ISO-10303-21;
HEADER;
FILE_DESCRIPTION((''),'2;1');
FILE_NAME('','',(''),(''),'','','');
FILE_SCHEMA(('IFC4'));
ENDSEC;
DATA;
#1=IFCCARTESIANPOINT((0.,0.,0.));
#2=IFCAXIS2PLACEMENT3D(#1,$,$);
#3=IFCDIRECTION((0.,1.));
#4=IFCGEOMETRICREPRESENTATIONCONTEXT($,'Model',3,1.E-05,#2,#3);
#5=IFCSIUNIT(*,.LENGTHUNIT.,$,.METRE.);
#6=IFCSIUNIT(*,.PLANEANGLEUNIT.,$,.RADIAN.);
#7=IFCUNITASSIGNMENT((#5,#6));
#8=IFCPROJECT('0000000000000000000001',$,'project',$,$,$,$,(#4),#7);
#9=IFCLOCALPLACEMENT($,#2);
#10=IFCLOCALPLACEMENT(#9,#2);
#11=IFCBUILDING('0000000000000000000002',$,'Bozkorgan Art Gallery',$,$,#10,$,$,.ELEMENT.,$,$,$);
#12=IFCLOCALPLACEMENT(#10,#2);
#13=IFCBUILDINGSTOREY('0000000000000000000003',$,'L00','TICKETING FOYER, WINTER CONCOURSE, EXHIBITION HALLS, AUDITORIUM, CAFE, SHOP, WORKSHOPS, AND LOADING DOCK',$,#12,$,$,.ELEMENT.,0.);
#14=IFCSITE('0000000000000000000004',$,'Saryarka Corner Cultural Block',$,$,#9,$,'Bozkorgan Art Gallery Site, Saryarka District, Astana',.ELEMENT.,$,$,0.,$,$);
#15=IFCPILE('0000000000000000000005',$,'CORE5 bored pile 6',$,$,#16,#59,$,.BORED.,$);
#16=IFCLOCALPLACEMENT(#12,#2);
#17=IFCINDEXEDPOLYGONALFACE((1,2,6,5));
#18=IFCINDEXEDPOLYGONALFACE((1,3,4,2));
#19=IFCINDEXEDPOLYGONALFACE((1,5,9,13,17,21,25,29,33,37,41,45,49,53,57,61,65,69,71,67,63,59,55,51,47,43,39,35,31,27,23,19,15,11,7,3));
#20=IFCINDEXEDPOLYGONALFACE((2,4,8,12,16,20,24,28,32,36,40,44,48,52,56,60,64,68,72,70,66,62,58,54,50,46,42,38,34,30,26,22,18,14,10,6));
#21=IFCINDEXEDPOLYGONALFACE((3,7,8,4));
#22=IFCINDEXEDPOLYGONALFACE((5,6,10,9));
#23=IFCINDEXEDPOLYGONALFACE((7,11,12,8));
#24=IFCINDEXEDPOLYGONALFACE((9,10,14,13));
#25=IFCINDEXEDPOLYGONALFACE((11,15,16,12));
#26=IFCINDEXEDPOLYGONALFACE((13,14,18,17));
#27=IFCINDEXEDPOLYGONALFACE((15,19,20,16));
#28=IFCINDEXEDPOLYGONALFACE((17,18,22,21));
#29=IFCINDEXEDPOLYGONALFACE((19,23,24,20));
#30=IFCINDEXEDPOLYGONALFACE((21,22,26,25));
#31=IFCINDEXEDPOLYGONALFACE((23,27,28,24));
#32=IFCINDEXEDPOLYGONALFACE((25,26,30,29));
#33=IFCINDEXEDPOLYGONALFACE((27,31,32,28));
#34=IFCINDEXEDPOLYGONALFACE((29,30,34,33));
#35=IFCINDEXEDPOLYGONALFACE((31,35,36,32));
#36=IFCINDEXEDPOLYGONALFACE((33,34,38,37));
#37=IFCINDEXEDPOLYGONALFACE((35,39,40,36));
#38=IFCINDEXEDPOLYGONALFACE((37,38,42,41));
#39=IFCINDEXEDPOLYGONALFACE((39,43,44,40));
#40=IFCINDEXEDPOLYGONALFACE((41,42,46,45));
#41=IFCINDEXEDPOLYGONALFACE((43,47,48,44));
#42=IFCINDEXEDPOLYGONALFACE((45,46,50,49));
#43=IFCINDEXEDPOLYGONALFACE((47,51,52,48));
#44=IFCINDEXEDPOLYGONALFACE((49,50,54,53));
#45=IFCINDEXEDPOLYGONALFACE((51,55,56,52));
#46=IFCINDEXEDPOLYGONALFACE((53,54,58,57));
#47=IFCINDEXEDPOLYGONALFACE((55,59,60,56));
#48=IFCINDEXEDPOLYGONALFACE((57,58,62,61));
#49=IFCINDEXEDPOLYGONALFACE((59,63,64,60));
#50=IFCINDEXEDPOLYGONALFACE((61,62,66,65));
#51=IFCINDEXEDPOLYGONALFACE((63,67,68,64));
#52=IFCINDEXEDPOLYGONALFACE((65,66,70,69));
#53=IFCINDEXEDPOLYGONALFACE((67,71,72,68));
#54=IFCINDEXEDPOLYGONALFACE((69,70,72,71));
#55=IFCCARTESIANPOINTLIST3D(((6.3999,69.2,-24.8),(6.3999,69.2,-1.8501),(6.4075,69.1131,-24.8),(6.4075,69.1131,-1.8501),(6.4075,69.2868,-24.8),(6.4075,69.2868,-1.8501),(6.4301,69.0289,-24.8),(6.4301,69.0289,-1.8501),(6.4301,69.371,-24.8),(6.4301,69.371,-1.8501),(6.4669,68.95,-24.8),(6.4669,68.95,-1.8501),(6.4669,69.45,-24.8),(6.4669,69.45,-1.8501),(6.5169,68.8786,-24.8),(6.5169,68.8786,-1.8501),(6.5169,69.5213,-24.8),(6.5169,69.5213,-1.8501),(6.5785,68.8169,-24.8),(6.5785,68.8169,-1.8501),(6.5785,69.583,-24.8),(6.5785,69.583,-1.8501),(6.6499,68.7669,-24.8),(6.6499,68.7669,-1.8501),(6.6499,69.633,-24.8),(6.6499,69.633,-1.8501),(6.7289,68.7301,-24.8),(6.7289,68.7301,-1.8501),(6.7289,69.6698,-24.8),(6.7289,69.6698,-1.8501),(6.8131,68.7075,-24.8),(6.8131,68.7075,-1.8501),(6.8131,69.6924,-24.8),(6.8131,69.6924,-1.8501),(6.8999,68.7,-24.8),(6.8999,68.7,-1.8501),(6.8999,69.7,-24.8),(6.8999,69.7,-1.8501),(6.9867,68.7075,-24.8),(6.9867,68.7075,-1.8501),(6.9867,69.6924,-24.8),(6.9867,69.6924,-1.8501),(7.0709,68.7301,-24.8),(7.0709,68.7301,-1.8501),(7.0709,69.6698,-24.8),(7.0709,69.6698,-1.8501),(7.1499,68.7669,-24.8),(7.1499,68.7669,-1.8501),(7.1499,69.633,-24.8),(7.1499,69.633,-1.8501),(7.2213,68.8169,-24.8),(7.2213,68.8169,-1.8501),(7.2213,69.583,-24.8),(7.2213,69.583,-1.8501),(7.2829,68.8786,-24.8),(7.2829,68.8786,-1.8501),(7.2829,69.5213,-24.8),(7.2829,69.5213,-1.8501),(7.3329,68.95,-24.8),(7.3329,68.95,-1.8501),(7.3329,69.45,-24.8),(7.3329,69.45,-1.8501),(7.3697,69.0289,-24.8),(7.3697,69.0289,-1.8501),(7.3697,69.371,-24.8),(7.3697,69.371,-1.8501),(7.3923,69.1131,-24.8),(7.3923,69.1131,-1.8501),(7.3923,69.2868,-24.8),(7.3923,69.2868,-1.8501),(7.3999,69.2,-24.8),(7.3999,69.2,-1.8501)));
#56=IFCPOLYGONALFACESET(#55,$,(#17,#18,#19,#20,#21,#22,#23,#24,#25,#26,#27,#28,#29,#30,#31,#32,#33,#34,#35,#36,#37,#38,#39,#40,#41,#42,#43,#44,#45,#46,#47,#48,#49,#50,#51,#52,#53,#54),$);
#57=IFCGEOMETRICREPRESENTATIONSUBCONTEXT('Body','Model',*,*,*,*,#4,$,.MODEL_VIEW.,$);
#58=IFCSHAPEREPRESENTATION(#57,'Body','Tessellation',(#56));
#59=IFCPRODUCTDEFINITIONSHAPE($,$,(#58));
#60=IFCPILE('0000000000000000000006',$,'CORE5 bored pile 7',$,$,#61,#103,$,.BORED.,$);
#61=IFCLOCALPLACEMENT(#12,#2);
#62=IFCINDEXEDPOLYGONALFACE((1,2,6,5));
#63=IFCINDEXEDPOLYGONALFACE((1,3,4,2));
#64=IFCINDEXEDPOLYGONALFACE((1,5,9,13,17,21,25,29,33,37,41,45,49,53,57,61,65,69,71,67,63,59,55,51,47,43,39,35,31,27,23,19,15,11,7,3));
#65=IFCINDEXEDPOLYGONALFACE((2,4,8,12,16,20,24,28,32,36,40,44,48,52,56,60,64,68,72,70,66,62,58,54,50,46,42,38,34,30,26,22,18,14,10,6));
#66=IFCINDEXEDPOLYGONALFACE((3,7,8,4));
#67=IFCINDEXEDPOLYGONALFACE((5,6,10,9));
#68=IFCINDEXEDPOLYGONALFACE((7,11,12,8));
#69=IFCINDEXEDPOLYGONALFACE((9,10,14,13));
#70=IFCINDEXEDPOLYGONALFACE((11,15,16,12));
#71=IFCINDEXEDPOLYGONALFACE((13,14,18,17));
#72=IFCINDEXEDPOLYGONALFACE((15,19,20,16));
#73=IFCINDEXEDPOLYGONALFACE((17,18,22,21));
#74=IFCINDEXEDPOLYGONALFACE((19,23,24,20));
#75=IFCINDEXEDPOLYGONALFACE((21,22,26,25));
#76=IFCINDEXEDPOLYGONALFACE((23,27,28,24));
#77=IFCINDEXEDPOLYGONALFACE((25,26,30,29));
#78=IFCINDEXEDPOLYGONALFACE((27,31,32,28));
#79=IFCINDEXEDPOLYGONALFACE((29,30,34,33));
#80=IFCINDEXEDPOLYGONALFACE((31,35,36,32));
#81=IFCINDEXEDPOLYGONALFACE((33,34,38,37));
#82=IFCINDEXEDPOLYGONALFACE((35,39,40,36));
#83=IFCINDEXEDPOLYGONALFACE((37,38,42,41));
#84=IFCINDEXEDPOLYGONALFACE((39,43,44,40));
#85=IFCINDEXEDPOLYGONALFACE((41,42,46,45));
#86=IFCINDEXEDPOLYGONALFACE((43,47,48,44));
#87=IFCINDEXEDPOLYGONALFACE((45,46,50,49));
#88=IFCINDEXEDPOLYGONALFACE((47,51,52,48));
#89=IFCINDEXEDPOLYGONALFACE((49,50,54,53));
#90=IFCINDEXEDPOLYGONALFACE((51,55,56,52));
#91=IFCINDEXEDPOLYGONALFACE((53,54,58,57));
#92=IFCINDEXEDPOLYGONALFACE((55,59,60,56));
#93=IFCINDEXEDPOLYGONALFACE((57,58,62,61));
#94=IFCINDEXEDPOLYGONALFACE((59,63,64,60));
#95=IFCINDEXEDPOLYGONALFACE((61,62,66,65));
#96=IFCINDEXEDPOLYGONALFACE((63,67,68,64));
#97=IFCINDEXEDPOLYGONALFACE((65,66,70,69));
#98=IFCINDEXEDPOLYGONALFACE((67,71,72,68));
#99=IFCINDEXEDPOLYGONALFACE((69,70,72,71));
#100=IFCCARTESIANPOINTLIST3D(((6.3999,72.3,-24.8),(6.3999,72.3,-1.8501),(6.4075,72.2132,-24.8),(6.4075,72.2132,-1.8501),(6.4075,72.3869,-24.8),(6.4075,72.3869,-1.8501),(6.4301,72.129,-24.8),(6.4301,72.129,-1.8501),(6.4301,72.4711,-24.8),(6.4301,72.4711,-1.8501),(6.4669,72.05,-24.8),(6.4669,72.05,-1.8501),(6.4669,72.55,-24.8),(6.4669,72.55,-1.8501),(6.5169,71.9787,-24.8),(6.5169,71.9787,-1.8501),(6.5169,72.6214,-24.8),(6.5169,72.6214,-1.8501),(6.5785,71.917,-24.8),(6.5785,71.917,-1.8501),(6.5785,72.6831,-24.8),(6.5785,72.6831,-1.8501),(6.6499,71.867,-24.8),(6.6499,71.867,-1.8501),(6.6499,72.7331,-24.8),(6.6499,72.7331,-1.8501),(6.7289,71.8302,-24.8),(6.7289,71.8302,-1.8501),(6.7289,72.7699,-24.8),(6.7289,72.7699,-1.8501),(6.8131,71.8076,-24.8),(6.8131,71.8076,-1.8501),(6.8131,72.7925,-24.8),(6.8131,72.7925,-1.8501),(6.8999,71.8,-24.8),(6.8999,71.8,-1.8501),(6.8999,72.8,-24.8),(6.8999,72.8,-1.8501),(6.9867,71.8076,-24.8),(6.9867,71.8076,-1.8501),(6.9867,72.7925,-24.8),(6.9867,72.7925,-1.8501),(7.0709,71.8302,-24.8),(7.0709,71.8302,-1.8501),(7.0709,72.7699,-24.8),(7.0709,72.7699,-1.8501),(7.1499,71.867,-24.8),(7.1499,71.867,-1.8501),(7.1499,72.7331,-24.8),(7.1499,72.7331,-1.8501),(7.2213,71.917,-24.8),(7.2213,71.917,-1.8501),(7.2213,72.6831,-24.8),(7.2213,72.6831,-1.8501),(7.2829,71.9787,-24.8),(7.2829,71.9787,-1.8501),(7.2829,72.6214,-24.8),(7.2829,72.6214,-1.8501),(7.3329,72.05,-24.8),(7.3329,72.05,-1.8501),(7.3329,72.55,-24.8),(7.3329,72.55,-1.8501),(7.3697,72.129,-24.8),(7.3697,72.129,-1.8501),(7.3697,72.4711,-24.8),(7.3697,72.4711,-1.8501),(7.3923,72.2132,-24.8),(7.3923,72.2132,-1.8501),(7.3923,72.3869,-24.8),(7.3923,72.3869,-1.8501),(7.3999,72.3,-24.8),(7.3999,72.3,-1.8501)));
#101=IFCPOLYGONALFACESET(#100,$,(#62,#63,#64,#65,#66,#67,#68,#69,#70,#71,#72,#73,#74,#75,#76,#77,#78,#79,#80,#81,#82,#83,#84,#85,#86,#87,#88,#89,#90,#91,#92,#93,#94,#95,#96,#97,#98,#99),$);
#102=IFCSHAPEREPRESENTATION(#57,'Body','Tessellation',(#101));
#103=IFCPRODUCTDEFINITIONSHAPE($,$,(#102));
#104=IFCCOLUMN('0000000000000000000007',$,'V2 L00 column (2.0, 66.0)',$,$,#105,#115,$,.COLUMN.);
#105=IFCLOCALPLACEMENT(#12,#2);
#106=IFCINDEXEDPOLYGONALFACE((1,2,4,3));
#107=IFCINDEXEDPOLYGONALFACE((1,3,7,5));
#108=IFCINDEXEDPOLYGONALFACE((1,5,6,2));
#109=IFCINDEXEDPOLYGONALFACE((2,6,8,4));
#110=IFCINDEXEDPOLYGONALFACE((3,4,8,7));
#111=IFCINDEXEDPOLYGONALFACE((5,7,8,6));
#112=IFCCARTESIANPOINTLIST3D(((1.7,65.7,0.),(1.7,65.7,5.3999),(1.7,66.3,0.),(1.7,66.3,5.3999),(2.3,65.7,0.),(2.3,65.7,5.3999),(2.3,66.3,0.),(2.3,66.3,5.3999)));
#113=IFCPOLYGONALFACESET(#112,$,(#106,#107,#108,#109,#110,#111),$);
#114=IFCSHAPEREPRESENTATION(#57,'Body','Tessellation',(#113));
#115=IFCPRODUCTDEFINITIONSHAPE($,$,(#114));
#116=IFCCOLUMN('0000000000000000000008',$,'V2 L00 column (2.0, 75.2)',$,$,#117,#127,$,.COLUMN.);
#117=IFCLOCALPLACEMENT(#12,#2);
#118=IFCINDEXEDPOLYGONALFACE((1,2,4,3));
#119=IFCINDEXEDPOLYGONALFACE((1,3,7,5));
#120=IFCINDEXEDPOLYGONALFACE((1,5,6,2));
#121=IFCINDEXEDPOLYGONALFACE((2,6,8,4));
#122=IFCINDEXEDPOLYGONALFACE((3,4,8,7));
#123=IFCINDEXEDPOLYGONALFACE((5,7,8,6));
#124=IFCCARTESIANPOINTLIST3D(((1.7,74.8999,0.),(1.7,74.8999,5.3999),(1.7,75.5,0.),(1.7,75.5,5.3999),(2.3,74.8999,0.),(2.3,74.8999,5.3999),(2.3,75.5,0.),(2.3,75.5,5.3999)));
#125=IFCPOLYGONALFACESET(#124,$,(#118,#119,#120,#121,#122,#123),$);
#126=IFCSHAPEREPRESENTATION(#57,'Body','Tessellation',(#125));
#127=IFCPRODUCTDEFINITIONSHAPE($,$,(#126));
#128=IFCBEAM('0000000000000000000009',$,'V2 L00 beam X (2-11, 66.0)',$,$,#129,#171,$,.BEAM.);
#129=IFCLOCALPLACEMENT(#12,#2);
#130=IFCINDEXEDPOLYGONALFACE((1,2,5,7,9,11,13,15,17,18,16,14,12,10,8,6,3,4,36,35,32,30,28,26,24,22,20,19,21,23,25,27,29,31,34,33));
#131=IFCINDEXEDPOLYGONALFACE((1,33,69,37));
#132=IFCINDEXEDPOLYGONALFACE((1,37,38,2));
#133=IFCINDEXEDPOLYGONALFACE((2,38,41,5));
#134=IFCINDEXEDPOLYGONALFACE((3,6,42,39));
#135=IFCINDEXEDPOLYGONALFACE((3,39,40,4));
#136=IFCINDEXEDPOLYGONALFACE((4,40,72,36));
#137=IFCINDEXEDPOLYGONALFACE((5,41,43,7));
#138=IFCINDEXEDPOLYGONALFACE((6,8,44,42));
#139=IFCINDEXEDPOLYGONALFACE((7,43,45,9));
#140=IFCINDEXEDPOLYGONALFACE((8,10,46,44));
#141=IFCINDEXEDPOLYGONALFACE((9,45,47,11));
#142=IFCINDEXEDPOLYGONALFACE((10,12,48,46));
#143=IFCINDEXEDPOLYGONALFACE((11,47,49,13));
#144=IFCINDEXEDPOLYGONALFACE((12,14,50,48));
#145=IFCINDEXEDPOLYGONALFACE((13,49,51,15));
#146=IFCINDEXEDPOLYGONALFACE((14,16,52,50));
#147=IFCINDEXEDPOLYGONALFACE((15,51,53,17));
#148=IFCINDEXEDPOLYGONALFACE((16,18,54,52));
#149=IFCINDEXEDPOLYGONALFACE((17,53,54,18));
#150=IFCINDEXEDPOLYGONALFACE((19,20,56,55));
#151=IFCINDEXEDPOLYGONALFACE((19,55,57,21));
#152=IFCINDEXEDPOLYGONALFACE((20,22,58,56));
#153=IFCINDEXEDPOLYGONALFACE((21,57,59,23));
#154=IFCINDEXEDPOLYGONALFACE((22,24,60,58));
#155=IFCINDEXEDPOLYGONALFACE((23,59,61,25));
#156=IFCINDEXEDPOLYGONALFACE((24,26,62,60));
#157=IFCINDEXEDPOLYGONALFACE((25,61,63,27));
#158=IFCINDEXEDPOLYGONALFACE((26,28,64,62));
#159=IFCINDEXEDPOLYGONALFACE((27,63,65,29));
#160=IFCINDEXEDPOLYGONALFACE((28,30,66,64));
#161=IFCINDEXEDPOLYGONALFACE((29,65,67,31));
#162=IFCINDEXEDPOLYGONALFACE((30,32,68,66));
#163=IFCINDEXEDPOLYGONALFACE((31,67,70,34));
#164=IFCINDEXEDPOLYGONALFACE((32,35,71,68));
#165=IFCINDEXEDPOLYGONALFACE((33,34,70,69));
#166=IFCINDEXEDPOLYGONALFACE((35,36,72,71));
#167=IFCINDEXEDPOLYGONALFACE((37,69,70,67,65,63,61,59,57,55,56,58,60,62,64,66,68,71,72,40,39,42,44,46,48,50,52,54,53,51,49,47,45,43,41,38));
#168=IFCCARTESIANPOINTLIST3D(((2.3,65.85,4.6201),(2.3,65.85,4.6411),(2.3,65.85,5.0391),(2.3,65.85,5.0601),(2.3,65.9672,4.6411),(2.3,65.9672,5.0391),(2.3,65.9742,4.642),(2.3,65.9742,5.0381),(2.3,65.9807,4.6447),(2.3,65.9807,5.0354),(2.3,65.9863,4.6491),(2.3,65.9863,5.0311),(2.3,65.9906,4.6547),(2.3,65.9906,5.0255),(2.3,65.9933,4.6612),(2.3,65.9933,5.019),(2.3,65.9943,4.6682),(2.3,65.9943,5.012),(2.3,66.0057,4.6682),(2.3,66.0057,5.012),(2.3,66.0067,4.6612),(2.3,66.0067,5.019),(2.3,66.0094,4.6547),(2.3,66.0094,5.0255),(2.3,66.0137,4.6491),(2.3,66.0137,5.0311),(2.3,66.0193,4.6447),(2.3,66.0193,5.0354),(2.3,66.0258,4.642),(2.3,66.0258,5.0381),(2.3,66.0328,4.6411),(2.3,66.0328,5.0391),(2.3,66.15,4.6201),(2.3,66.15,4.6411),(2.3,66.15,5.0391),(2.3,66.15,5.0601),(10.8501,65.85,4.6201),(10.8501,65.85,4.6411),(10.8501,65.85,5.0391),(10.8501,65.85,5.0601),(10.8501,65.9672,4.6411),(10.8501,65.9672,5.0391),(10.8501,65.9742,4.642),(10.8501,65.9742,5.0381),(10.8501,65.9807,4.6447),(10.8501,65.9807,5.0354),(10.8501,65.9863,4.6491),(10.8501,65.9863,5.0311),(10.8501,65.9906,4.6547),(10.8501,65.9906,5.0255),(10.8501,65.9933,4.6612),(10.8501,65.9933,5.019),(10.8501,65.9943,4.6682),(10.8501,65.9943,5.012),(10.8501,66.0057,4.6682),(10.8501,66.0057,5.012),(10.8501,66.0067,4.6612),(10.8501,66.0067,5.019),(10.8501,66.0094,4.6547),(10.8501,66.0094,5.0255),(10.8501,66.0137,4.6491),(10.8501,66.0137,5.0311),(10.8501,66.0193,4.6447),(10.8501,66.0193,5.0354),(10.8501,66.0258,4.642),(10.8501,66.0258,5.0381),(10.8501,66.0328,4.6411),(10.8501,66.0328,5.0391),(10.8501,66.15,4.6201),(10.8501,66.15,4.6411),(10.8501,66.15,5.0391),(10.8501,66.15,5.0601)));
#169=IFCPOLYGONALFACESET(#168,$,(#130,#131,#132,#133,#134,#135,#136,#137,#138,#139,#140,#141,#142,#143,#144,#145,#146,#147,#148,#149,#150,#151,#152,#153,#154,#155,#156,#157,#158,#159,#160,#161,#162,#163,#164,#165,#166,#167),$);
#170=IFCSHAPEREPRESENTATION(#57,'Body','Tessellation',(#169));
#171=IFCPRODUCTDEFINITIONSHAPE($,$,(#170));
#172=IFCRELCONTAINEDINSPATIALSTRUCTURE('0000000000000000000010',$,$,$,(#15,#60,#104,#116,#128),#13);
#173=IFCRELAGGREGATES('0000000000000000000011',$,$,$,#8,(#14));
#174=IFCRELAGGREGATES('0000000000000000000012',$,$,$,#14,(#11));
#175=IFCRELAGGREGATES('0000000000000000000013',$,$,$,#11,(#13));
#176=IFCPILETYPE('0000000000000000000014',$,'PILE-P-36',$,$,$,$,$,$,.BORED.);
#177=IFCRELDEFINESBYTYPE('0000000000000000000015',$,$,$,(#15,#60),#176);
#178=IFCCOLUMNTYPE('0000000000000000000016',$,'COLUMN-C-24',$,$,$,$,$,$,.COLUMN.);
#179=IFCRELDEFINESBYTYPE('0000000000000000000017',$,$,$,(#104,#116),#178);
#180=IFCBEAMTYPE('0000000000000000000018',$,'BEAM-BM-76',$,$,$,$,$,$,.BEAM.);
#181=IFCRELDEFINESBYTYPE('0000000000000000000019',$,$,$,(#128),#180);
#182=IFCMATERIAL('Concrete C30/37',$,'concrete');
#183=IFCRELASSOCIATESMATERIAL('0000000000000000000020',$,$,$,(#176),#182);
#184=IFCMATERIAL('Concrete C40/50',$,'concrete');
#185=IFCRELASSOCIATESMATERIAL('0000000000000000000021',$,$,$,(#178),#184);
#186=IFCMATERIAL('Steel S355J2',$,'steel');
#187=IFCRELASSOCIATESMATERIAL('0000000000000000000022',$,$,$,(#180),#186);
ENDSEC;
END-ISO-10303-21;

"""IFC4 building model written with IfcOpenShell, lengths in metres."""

from ifc_helpers import new_model, si_unit, direction, frame, origin, origin_2d, place, context, subcontext, project, spatial, rectangle, circle, i_section, extrude, material, material_profile, profile_set, type_object, element, save


model = new_model("IFC4")

# Units and contexts
model_context = context("Model", 3, precision=1e-05, world=origin(), true_north=direction((0.0, 1.0)))
body_context = subcontext(model_context, "Body", "Model", "MODEL_VIEW")
ifc_project = project(units=[si_unit("LENGTHUNIT", "METRE"), si_unit("PLANEANGLEUNIT", "RADIAN")], contexts=[model_context])

# Site, building, storey
site_placement = place(None, origin())
site = spatial("IfcSite", under=ifc_project, at=site_placement, Name="Saryarka Corner Cultural Block", LongName="Bozkorgan Art Gallery Site, Saryarka District, Astana", CompositionType="ELEMENT", RefElevation=0.0)
building_placement = place(site_placement, origin())
building = spatial("IfcBuilding", under=site, at=building_placement, Name="Bozkorgan Art Gallery", CompositionType="ELEMENT")
storey_placement = place(building_placement, origin())
storey = spatial("IfcBuildingStorey", under=building, at=storey_placement, Name="L00", Description="TICKETING FOYER, WINTER CONCOURSE, EXHIBITION HALLS, AUDITORIUM, CAFE, SHOP, WORKSHOPS, AND LOADING DOCK", CompositionType="ELEMENT", Elevation=0.0)

# Shared definitions
ifc_material_1 = material(Name="Concrete C30/37", Category="concrete")

# Piles
ifc_material_profile_1 = material_profile(ifc_material_1, circle(Radius=0.5, at=origin_2d()), Name="PILE D1000")
ifc_profile_set_1 = profile_set([ifc_material_profile_1], Name="Concrete C30/37")
pile_type = type_object("IfcPileType", Name="PILE-P-36", PredefinedType="BORED", material=ifc_profile_set_1)
for number, where, z_axis, x_axis, name in (
    (1, (6.8999, 69.2, -1.8501), (0.0, 0.0, -1.0), (1.0, 0.0, 0.0), "CORE5 bored pile 6"),
    (2, (6.8999, 72.3, -1.8501), (0.0, 0.0, -1.0), (1.0, 0.0, 0.0), "CORE5 bored pile 7"),
):
    element("IfcPile", number, at=place(storey_placement, frame(where, z_axis=z_axis, x_axis=x_axis)), inside=storey, type_object=pile_type, Name=name, PredefinedType="BORED", context=body_context, shape_type="SweptSolid", body=[
        extrude(circle(Radius=0.5, at=origin_2d()), origin(), (0.0, 0.0, 1.0), 22.95),
    ])

# Columns
ifc_material_2 = material(Name="Concrete C40/50", Category="concrete")
ifc_material_profile_2 = material_profile(ifc_material_2, rectangle(XDim=0.6001, YDim=0.6001, at=origin_2d()), Name="RC 600x600")
ifc_profile_set_2 = profile_set([ifc_material_profile_2], Name="Concrete C40/50")
column_type = type_object("IfcColumnType", Name="COLUMN-C-24", PredefinedType="COLUMN", material=ifc_profile_set_2)
for number, where, z_axis, x_axis, name in (
    (3, (2.0, 66.0, 0.0), (0.0, 0.0, 1.0), (1.0, 0.0, 0.0), "V2 L00 column (2.0, 66.0)"),
    (4, (2.0, 75.2, 0.0), (0.0, 0.0, 1.0), (1.0, 0.0, 0.0), "V2 L00 column (2.0, 75.2)"),
):
    element("IfcColumn", number, at=place(storey_placement, frame(where, z_axis=z_axis, x_axis=x_axis)), inside=storey, type_object=column_type, Name=name, PredefinedType="COLUMN", context=body_context, shape_type="SweptSolid", body=[
        extrude(rectangle(XDim=0.6001, YDim=0.6001, at=origin_2d()), origin(), (0.0, 0.0, 1.0), 5.3999),
    ])

# Beam
ifc_material_3 = material(Name="Steel S355J2", Category="steel")
ifc_material_profile_3 = material_profile(ifc_material_3, i_section(OverallWidth=0.3, OverallDepth=0.4399, WebThickness=0.0115, FlangeThickness=0.021, FilletRadius=0.0271, at=origin_2d()), Name="HEA 450")
ifc_profile_set_3 = profile_set([ifc_material_profile_3], Name="Steel S355J2")
beam_type_1 = type_object("IfcBeamType", Name="BEAM-BM-76", PredefinedType="BEAM", material=ifc_profile_set_3)
beam_1_placement = place(storey_placement, frame((2.3, 66.0, 4.8401), z_axis=(1.0, 0.0, 0.0), x_axis=(0.0, 1.0, 0.0)))
element("IfcBeam", 5, at=beam_1_placement, inside=storey, type_object=beam_type_1, Name="V2 L00 beam X (2-11, 66.0)", PredefinedType="BEAM", context=body_context, shape_type="SweptSolid", body=[
    extrude(i_section(OverallWidth=0.3, OverallDepth=0.4399, WebThickness=0.0115, FlangeThickness=0.021, FilletRadius=0.0271, at=origin_2d()), origin(), (0.0, 0.0, 1.0), 8.55),
])

save(model, "model.ifc")
